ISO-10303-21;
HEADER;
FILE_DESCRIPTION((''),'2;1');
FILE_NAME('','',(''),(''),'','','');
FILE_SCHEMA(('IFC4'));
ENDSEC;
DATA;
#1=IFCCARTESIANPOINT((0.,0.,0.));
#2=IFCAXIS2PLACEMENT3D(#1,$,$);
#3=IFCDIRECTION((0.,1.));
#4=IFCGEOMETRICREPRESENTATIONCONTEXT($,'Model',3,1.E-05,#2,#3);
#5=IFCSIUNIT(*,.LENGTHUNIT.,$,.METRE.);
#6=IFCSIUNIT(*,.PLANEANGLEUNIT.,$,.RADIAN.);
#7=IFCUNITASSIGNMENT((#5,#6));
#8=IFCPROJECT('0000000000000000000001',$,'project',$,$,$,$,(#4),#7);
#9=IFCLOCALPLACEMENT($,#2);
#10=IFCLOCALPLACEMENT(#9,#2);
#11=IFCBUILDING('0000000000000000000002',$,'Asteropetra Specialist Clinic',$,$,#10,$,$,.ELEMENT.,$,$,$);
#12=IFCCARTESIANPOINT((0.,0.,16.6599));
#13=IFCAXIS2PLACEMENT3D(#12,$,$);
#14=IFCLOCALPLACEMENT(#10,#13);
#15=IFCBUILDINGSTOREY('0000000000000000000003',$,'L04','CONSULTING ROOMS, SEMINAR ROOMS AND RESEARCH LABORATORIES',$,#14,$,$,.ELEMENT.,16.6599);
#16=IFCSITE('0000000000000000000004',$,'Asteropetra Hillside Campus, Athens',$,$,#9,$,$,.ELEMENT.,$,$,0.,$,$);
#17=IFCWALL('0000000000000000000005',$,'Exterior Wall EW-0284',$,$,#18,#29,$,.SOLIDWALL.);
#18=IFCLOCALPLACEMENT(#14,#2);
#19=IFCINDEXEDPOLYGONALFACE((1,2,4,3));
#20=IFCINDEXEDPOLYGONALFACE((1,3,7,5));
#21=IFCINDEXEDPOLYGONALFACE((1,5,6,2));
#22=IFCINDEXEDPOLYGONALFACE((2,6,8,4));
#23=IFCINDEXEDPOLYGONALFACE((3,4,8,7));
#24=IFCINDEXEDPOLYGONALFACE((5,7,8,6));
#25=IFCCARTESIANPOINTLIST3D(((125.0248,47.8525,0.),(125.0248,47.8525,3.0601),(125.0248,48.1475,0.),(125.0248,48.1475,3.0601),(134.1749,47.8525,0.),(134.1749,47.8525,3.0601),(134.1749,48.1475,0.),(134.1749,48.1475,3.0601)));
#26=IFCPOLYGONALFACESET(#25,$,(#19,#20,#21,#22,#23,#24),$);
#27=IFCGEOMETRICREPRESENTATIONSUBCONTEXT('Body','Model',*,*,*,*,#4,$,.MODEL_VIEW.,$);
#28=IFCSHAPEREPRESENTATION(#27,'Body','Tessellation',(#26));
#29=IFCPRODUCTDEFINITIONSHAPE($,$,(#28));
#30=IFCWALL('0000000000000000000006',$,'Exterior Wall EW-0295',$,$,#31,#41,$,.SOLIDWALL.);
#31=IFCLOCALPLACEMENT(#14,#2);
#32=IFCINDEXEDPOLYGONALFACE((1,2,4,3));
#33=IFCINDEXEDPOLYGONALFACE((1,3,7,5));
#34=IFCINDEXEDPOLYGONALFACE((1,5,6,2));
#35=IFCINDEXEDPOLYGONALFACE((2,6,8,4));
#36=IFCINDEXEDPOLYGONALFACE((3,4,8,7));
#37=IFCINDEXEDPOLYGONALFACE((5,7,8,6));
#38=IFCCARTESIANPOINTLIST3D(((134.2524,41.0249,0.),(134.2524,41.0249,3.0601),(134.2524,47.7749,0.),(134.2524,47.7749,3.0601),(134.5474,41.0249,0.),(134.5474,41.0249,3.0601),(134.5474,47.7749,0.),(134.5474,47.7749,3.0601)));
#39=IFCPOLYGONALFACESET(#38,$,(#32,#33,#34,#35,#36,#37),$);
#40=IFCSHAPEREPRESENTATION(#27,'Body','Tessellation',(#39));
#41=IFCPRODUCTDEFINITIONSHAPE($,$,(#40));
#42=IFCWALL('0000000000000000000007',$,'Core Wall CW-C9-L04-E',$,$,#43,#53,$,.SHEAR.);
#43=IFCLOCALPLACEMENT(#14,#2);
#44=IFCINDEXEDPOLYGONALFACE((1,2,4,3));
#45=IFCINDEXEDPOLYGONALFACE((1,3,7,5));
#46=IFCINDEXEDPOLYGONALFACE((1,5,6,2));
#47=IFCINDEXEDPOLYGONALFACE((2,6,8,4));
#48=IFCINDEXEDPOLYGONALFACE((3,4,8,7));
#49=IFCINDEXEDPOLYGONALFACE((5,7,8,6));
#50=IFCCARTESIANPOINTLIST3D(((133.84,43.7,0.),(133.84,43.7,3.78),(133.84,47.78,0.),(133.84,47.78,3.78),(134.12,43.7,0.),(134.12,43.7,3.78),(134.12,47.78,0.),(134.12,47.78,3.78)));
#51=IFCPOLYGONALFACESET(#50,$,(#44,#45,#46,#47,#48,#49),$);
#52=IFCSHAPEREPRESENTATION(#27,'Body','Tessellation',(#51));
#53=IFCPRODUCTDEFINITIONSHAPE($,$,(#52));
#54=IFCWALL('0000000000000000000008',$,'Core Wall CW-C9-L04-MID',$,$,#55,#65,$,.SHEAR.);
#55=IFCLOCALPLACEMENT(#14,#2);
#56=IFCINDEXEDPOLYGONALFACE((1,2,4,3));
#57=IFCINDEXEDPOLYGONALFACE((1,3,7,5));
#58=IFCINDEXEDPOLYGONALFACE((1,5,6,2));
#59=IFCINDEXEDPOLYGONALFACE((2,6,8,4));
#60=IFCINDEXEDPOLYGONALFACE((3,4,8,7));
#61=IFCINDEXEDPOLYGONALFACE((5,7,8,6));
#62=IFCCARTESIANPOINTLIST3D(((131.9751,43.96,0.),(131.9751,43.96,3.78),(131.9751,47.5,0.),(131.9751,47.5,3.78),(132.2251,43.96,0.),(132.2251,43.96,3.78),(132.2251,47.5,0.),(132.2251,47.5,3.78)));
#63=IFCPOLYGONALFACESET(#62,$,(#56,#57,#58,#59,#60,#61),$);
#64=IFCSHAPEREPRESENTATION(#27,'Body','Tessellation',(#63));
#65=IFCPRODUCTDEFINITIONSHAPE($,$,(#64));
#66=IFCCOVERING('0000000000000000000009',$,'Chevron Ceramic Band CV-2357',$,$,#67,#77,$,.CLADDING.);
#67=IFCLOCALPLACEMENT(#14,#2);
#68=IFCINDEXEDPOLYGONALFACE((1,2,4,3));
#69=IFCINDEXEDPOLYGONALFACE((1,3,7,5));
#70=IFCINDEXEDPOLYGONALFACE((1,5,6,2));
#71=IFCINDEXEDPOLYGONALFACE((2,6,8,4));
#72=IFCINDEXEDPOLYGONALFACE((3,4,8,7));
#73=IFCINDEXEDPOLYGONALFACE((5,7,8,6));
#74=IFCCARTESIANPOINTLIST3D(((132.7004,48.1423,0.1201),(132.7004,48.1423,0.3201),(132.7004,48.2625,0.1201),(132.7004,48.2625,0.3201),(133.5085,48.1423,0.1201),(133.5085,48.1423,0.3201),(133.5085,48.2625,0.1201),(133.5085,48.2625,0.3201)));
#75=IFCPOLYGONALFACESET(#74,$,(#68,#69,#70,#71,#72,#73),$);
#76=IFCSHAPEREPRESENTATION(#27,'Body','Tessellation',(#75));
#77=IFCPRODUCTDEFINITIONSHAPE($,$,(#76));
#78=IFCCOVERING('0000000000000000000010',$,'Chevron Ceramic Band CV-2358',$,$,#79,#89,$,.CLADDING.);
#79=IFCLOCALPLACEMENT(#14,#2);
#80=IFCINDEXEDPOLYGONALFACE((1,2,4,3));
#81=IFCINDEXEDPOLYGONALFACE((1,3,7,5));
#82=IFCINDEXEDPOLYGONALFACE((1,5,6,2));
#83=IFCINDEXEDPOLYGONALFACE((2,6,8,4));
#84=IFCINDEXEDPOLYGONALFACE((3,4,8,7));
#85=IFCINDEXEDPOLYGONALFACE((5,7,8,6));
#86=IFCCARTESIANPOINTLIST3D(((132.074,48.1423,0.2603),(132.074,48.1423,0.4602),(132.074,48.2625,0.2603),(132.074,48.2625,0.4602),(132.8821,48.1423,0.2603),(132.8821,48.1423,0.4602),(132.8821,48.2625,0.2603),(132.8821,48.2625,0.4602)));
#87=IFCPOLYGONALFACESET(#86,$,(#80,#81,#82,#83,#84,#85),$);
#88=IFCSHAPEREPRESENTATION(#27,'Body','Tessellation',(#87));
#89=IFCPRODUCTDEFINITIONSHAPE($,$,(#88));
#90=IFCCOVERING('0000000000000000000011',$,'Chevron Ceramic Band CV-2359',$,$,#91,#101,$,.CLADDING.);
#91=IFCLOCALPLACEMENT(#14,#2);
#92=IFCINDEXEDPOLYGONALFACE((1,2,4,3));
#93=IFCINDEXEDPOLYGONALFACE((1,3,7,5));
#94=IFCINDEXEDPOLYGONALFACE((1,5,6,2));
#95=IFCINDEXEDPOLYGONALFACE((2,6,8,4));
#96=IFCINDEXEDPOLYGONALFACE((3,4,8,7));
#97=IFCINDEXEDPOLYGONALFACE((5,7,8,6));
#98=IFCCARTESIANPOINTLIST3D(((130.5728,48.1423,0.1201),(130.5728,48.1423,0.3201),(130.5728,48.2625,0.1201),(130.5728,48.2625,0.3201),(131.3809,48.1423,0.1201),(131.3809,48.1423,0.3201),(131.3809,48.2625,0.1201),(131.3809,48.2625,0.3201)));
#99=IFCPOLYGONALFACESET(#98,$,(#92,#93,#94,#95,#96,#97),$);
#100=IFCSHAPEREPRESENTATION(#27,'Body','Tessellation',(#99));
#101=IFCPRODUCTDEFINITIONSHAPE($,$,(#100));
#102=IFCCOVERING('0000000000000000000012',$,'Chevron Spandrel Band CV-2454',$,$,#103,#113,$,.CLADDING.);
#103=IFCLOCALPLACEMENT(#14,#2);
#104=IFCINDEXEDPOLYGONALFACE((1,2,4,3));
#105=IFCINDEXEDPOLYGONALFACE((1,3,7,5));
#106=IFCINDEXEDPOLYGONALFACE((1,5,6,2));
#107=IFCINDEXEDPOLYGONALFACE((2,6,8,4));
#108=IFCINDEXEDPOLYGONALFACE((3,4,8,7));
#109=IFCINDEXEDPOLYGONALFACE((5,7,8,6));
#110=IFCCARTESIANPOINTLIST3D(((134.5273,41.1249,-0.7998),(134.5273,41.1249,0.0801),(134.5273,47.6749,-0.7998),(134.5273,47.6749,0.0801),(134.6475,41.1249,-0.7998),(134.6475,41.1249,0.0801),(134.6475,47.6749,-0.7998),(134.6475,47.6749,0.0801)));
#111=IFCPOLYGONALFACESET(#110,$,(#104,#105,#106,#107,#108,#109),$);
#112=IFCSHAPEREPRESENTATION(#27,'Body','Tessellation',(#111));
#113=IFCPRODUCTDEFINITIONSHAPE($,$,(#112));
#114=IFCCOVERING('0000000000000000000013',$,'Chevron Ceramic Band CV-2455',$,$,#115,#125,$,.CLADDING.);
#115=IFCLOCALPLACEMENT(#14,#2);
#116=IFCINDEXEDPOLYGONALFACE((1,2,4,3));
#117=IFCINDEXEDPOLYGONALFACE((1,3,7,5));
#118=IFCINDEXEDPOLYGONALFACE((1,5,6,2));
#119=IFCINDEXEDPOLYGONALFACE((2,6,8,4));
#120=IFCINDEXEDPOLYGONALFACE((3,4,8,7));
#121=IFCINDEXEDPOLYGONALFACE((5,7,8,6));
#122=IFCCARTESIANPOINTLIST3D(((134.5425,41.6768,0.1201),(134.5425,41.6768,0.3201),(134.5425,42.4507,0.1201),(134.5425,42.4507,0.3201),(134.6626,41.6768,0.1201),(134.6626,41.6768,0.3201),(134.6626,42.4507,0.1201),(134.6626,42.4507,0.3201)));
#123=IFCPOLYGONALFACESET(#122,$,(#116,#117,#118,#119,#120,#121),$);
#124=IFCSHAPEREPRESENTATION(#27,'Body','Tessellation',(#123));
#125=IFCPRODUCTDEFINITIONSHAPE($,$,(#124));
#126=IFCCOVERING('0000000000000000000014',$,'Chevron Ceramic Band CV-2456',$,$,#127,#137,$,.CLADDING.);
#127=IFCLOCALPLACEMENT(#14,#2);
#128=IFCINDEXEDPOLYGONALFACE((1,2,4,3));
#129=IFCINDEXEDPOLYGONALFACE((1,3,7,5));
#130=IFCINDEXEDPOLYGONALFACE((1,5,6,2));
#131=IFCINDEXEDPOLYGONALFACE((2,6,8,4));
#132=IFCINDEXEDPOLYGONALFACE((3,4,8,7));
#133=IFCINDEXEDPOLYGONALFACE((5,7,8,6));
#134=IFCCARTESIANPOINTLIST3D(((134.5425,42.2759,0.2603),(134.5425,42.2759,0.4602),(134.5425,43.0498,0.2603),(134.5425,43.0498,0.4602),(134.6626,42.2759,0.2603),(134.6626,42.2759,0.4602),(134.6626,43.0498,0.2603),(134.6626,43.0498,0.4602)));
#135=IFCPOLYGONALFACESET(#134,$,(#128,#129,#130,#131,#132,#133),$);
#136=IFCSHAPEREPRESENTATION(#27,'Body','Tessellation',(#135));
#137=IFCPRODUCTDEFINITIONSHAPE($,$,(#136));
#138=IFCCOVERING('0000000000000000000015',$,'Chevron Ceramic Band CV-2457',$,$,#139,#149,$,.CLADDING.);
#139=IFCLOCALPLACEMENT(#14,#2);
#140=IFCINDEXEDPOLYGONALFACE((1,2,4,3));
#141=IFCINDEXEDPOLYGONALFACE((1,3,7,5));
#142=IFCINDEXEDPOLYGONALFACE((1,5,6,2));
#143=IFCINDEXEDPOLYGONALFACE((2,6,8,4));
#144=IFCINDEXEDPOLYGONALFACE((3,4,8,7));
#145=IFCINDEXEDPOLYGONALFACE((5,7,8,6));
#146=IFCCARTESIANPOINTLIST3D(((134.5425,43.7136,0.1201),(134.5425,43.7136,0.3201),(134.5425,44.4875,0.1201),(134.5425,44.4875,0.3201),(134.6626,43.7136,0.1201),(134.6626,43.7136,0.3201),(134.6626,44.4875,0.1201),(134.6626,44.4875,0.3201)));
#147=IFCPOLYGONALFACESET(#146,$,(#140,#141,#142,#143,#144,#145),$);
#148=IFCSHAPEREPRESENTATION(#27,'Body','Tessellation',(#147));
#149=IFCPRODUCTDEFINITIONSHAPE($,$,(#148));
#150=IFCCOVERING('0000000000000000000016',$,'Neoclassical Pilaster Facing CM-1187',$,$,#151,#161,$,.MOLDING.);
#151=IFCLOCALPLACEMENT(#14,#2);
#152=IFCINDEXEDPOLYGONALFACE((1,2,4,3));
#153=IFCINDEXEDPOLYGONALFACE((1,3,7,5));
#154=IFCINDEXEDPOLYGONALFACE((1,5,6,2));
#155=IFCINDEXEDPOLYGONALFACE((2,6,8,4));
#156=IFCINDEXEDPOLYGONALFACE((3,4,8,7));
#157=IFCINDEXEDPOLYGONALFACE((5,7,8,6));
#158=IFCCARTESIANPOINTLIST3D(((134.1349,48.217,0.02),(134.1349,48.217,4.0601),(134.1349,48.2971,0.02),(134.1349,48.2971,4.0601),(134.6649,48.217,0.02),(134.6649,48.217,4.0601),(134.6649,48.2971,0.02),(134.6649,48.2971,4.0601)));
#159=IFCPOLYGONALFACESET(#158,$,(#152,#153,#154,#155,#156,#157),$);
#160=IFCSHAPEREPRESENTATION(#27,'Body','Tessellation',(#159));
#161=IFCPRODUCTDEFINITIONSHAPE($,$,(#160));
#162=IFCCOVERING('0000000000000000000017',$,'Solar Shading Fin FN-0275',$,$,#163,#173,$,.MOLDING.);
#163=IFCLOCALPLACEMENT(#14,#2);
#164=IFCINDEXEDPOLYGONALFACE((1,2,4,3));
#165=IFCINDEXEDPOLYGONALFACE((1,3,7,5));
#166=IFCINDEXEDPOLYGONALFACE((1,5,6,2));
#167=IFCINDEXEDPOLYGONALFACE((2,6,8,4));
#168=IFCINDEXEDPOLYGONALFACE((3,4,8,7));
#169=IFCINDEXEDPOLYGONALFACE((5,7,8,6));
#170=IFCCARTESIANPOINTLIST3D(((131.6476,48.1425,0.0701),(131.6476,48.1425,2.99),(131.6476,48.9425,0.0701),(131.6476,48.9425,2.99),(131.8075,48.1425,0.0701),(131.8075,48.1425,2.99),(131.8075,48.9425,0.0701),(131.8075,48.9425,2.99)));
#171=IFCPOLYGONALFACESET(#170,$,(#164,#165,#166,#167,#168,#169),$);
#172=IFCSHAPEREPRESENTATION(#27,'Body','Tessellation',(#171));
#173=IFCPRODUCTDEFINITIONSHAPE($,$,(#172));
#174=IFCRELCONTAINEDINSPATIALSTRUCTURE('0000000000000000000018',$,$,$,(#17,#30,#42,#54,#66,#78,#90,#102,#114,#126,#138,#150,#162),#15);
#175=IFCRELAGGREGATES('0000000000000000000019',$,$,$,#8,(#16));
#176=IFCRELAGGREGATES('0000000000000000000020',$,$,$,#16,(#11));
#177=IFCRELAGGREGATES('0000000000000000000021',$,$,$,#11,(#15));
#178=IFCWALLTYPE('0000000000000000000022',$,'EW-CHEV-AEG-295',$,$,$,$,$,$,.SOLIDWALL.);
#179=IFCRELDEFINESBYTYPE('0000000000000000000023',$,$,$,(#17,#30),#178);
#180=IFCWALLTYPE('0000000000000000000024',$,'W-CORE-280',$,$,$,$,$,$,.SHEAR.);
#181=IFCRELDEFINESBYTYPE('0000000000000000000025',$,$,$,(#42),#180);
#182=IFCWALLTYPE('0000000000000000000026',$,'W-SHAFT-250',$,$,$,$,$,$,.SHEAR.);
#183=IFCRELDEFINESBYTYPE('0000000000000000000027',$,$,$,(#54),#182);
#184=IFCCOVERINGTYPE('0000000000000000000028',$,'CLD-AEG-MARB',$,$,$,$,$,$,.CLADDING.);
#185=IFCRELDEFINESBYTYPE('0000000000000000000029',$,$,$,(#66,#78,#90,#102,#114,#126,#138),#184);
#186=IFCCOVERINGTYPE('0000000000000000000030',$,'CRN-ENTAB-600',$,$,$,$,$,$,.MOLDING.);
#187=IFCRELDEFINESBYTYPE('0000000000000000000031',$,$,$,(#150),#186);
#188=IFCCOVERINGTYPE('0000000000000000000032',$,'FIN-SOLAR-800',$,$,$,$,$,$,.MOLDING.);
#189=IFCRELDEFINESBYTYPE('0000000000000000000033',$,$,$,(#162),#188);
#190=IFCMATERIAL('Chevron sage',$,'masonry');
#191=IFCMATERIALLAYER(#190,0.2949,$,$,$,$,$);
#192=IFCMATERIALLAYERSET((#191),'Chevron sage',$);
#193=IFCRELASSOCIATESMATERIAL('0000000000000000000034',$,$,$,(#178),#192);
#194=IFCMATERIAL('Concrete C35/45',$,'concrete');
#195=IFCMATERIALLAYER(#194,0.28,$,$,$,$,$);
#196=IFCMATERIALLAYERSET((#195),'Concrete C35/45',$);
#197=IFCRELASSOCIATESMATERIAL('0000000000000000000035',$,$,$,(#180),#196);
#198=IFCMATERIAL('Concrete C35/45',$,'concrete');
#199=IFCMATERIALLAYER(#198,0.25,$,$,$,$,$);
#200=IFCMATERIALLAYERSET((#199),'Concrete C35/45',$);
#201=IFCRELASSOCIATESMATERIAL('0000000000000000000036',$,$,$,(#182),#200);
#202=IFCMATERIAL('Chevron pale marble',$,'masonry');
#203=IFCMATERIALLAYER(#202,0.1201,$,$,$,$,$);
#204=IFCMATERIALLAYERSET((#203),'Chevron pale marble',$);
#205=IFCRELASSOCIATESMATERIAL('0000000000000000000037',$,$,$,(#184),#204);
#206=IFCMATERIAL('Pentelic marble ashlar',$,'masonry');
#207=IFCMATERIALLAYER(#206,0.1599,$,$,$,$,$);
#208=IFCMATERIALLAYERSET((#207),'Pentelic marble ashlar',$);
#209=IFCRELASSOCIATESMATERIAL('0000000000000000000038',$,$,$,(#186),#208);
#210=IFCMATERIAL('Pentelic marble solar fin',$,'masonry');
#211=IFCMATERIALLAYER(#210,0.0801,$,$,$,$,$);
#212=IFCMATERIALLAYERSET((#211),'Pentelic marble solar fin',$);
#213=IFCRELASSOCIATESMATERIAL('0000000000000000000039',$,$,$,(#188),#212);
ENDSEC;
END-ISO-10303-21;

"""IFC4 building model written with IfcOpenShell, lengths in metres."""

from ifc_helpers import new_model, si_unit, direction, frame, frame_2d, origin, origin_2d, place, context, subcontext, project, spatial, rectangle, extrude, material, layer, layer_set, type_object, element, save


model = new_model("IFC4")

# Units and contexts
model_context = context("Model", 3, precision=1e-05, world=origin(), true_north=direction((0.0, 1.0)))
body_context = subcontext(model_context, "Body", "Model", "MODEL_VIEW")
ifc_project = project(units=[si_unit("LENGTHUNIT", "METRE"), si_unit("PLANEANGLEUNIT", "RADIAN")], contexts=[model_context])

# Site, building, storey
site_placement = place(None, origin())
site = spatial("IfcSite", under=ifc_project, at=site_placement, Name="Asteropetra Hillside Campus, Athens", CompositionType="ELEMENT", RefElevation=0.0)
building_placement = place(site_placement, origin())
building = spatial("IfcBuilding", under=site, at=building_placement, Name="Asteropetra Specialist Clinic", CompositionType="ELEMENT")
storey_placement = place(building_placement, frame((0.0, 0.0, 16.6599)))
storey = spatial("IfcBuildingStorey", under=building, at=storey_placement, Name="L04", Description="CONSULTING ROOMS, SEMINAR ROOMS AND RESEARCH LABORATORIES", CompositionType="ELEMENT", Elevation=16.6599)

# Walls
ifc_material_1 = material(Name="Chevron sage", Category="masonry")
ifc_layer_1 = layer(ifc_material_1, 0.2949)
ifc_layer_set_1 = layer_set([ifc_layer_1], Name="Chevron sage")
wall_type_1 = type_object("IfcWallType", Name="EW-CHEV-AEG-295", PredefinedType="SOLIDWALL", material=ifc_layer_set_1)
wall_1_placement = place(storey_placement, frame((134.175, 48.0, 0.0), z_axis=(0.0, 0.0, 1.0), x_axis=(-1.0, 0.0, 0.0)))
element("IfcWall", 1, at=wall_1_placement, inside=storey, type_object=wall_type_1, Name="Exterior Wall EW-0284", PredefinedType="SOLIDWALL", context=body_context, shape_type="SweptSolid", body=[
    extrude(rectangle(XDim=9.1501, YDim=0.2949, at=frame_2d((4.5752, 0.0))), origin(), (0.0, 0.0, 1.0), 3.0601),
])
wall_2_placement = place(storey_placement, frame((134.3999, 41.0249, 0.0), z_axis=(0.0, 0.0, 1.0), x_axis=(0.0, 1.0, 0.0)))
element("IfcWall", 2, at=wall_2_placement, inside=storey, type_object=wall_type_1, Name="Exterior Wall EW-0295", PredefinedType="SOLIDWALL", context=body_context, shape_type="SweptSolid", body=[
    extrude(rectangle(XDim=6.75, YDim=0.2949, at=frame_2d((3.375, 0.0))), origin(), (0.0, 0.0, 1.0), 3.0601),
])
ifc_material_2 = material(Name="Concrete C35/45", Category="concrete")
ifc_layer_2 = layer(ifc_material_2, 0.28)
ifc_layer_set_2 = layer_set([ifc_layer_2], Name="Concrete C35/45")
wall_type_2 = type_object("IfcWallType", Name="W-CORE-280", PredefinedType="SHEAR", material=ifc_layer_set_2)
wall_3_placement = place(storey_placement, frame((133.98, 43.7, 0.0), z_axis=(0.0, 0.0, 1.0), x_axis=(0.0, 1.0, 0.0)))
element("IfcWall", 3, at=wall_3_placement, inside=storey, type_object=wall_type_2, Name="Core Wall CW-C9-L04-E", PredefinedType="SHEAR", context=body_context, shape_type="SweptSolid", body=[
    extrude(rectangle(XDim=4.0801, YDim=0.28, at=frame_2d((2.04, 0.0))), origin(), (0.0, 0.0, 1.0), 3.78),
])
ifc_material_3 = material(Name="Concrete C35/45", Category="concrete")
ifc_layer_3 = layer(ifc_material_3, 0.25)
ifc_layer_set_3 = layer_set([ifc_layer_3], Name="Concrete C35/45")
wall_type_3 = type_object("IfcWallType", Name="W-SHAFT-250", PredefinedType="SHEAR", material=ifc_layer_set_3)
wall_4_placement = place(storey_placement, frame((132.1001, 43.96, 0.0), z_axis=(0.0, 0.0, 1.0), x_axis=(0.0, 1.0, 0.0)))
element("IfcWall", 4, at=wall_4_placement, inside=storey, type_object=wall_type_3, Name="Core Wall CW-C9-L04-MID", PredefinedType="SHEAR", context=body_context, shape_type="SweptSolid", body=[
    extrude(rectangle(XDim=3.54, YDim=0.25, at=frame_2d((1.77, 0.0))), origin(), (0.0, 0.0, 1.0), 3.78),
])

# Coverings
ifc_material_4 = material(Name="Chevron pale marble", Category="masonry")
ifc_layer_4 = layer(ifc_material_4, 0.1201)
ifc_layer_set_4 = layer_set([ifc_layer_4], Name="Chevron pale marble")
covering_type_1 = type_object("IfcCoveringType", Name="CLD-AEG-MARB", PredefinedType="CLADDING", material=ifc_layer_set_4)
for number, where, z_axis, x_axis, name in (
    (5, (133.1045, 48.2024, 0.1201), (0.0, 0.0, 1.0), (1.0, 0.0, 0.0), "Chevron Ceramic Band CV-2357"),
    (6, (132.478, 48.2024, 0.2603), (0.0, 0.0, 1.0), (1.0, 0.0, 0.0), "Chevron Ceramic Band CV-2358"),
    (7, (130.9768, 48.2024, 0.1201), (0.0, 0.0, 1.0), (1.0, 0.0, 0.0), "Chevron Ceramic Band CV-2359"),
):
    element("IfcCovering", number, at=place(storey_placement, frame(where, z_axis=z_axis, x_axis=x_axis)), inside=storey, type_object=covering_type_1, Name=name, PredefinedType="CLADDING", context=body_context, shape_type="SweptSolid", body=[
        extrude(rectangle(XDim=0.8081, YDim=0.1201, at=origin_2d()), origin(), (0.0, 0.0, 1.0), 0.2),
    ])
covering_1_placement = place(storey_placement, frame((134.5874, 44.3999, -0.7998), z_axis=(0.0, 0.0, 1.0), x_axis=(1.0, 0.0, 0.0)))
element("IfcCovering", 8, at=covering_1_placement, inside=storey, type_object=covering_type_1, Name="Chevron Spandrel Band CV-2454", PredefinedType="CLADDING", context=body_context, shape_type="SweptSolid", body=[
    extrude(rectangle(XDim=0.1201, YDim=6.55, at=origin_2d()), origin(), (0.0, 0.0, 1.0), 0.8799),
])
for number, where, z_axis, x_axis, name in (
    (9, (134.6025, 42.0637, 0.1201), (0.0, 0.0, 1.0), (1.0, 0.0, 0.0), "Chevron Ceramic Band CV-2455"),
    (10, (134.6025, 42.6628, 0.2603), (0.0, 0.0, 1.0), (1.0, 0.0, 0.0), "Chevron Ceramic Band CV-2456"),
    (11, (134.6025, 44.1006, 0.1201), (0.0, 0.0, 1.0), (1.0, 0.0, 0.0), "Chevron Ceramic Band CV-2457"),
):
    element("IfcCovering", number, at=place(storey_placement, frame(where, z_axis=z_axis, x_axis=x_axis)), inside=storey, type_object=covering_type_1, Name=name, PredefinedType="CLADDING", context=body_context, shape_type="SweptSolid", body=[
        extrude(rectangle(XDim=0.1201, YDim=0.7739, at=origin_2d()), origin(), (0.0, 0.0, 1.0), 0.2),
    ])
ifc_material_5 = material(Name="Pentelic marble ashlar", Category="masonry")
ifc_layer_5 = layer(ifc_material_5, 0.1599)
ifc_layer_set_5 = layer_set([ifc_layer_5], Name="Pentelic marble ashlar")
covering_type_2 = type_object("IfcCoveringType", Name="CRN-ENTAB-600", PredefinedType="MOLDING", material=ifc_layer_set_5)
covering_2_placement = place(storey_placement, frame((134.3999, 48.2571, 0.02), z_axis=(0.0, 0.0, 1.0), x_axis=(1.0, 0.0, 0.0)))
element("IfcCovering", 12, at=covering_2_placement, inside=storey, type_object=covering_type_2, Name="Neoclassical Pilaster Facing CM-1187", PredefinedType="MOLDING", context=body_context, shape_type="SweptSolid", body=[
    extrude(rectangle(XDim=0.53, YDim=0.0801, at=origin_2d()), origin(), (0.0, 0.0, 1.0), 4.04),
])
ifc_material_6 = material(Name="Pentelic marble solar fin", Category="masonry")
ifc_layer_6 = layer(ifc_material_6, 0.0801)
ifc_layer_set_6 = layer_set([ifc_layer_6], Name="Pentelic marble solar fin")
covering_type_3 = type_object("IfcCoveringType", Name="FIN-SOLAR-800", PredefinedType="MOLDING", material=ifc_layer_set_6)
covering_3_placement = place(storey_placement, frame((131.7275, 48.5425, 0.0701), z_axis=(0.0, 0.0, 1.0), x_axis=(1.0, 0.0, 0.0)))
element("IfcCovering", 13, at=covering_3_placement, inside=storey, type_object=covering_type_3, Name="Solar Shading Fin FN-0275", PredefinedType="MOLDING", context=body_context, shape_type="SweptSolid", body=[
    extrude(rectangle(XDim=0.1599, YDim=0.8, at=origin_2d()), origin(), (0.0, 0.0, 1.0), 2.9199),
])

save(model, "model.ifc")
